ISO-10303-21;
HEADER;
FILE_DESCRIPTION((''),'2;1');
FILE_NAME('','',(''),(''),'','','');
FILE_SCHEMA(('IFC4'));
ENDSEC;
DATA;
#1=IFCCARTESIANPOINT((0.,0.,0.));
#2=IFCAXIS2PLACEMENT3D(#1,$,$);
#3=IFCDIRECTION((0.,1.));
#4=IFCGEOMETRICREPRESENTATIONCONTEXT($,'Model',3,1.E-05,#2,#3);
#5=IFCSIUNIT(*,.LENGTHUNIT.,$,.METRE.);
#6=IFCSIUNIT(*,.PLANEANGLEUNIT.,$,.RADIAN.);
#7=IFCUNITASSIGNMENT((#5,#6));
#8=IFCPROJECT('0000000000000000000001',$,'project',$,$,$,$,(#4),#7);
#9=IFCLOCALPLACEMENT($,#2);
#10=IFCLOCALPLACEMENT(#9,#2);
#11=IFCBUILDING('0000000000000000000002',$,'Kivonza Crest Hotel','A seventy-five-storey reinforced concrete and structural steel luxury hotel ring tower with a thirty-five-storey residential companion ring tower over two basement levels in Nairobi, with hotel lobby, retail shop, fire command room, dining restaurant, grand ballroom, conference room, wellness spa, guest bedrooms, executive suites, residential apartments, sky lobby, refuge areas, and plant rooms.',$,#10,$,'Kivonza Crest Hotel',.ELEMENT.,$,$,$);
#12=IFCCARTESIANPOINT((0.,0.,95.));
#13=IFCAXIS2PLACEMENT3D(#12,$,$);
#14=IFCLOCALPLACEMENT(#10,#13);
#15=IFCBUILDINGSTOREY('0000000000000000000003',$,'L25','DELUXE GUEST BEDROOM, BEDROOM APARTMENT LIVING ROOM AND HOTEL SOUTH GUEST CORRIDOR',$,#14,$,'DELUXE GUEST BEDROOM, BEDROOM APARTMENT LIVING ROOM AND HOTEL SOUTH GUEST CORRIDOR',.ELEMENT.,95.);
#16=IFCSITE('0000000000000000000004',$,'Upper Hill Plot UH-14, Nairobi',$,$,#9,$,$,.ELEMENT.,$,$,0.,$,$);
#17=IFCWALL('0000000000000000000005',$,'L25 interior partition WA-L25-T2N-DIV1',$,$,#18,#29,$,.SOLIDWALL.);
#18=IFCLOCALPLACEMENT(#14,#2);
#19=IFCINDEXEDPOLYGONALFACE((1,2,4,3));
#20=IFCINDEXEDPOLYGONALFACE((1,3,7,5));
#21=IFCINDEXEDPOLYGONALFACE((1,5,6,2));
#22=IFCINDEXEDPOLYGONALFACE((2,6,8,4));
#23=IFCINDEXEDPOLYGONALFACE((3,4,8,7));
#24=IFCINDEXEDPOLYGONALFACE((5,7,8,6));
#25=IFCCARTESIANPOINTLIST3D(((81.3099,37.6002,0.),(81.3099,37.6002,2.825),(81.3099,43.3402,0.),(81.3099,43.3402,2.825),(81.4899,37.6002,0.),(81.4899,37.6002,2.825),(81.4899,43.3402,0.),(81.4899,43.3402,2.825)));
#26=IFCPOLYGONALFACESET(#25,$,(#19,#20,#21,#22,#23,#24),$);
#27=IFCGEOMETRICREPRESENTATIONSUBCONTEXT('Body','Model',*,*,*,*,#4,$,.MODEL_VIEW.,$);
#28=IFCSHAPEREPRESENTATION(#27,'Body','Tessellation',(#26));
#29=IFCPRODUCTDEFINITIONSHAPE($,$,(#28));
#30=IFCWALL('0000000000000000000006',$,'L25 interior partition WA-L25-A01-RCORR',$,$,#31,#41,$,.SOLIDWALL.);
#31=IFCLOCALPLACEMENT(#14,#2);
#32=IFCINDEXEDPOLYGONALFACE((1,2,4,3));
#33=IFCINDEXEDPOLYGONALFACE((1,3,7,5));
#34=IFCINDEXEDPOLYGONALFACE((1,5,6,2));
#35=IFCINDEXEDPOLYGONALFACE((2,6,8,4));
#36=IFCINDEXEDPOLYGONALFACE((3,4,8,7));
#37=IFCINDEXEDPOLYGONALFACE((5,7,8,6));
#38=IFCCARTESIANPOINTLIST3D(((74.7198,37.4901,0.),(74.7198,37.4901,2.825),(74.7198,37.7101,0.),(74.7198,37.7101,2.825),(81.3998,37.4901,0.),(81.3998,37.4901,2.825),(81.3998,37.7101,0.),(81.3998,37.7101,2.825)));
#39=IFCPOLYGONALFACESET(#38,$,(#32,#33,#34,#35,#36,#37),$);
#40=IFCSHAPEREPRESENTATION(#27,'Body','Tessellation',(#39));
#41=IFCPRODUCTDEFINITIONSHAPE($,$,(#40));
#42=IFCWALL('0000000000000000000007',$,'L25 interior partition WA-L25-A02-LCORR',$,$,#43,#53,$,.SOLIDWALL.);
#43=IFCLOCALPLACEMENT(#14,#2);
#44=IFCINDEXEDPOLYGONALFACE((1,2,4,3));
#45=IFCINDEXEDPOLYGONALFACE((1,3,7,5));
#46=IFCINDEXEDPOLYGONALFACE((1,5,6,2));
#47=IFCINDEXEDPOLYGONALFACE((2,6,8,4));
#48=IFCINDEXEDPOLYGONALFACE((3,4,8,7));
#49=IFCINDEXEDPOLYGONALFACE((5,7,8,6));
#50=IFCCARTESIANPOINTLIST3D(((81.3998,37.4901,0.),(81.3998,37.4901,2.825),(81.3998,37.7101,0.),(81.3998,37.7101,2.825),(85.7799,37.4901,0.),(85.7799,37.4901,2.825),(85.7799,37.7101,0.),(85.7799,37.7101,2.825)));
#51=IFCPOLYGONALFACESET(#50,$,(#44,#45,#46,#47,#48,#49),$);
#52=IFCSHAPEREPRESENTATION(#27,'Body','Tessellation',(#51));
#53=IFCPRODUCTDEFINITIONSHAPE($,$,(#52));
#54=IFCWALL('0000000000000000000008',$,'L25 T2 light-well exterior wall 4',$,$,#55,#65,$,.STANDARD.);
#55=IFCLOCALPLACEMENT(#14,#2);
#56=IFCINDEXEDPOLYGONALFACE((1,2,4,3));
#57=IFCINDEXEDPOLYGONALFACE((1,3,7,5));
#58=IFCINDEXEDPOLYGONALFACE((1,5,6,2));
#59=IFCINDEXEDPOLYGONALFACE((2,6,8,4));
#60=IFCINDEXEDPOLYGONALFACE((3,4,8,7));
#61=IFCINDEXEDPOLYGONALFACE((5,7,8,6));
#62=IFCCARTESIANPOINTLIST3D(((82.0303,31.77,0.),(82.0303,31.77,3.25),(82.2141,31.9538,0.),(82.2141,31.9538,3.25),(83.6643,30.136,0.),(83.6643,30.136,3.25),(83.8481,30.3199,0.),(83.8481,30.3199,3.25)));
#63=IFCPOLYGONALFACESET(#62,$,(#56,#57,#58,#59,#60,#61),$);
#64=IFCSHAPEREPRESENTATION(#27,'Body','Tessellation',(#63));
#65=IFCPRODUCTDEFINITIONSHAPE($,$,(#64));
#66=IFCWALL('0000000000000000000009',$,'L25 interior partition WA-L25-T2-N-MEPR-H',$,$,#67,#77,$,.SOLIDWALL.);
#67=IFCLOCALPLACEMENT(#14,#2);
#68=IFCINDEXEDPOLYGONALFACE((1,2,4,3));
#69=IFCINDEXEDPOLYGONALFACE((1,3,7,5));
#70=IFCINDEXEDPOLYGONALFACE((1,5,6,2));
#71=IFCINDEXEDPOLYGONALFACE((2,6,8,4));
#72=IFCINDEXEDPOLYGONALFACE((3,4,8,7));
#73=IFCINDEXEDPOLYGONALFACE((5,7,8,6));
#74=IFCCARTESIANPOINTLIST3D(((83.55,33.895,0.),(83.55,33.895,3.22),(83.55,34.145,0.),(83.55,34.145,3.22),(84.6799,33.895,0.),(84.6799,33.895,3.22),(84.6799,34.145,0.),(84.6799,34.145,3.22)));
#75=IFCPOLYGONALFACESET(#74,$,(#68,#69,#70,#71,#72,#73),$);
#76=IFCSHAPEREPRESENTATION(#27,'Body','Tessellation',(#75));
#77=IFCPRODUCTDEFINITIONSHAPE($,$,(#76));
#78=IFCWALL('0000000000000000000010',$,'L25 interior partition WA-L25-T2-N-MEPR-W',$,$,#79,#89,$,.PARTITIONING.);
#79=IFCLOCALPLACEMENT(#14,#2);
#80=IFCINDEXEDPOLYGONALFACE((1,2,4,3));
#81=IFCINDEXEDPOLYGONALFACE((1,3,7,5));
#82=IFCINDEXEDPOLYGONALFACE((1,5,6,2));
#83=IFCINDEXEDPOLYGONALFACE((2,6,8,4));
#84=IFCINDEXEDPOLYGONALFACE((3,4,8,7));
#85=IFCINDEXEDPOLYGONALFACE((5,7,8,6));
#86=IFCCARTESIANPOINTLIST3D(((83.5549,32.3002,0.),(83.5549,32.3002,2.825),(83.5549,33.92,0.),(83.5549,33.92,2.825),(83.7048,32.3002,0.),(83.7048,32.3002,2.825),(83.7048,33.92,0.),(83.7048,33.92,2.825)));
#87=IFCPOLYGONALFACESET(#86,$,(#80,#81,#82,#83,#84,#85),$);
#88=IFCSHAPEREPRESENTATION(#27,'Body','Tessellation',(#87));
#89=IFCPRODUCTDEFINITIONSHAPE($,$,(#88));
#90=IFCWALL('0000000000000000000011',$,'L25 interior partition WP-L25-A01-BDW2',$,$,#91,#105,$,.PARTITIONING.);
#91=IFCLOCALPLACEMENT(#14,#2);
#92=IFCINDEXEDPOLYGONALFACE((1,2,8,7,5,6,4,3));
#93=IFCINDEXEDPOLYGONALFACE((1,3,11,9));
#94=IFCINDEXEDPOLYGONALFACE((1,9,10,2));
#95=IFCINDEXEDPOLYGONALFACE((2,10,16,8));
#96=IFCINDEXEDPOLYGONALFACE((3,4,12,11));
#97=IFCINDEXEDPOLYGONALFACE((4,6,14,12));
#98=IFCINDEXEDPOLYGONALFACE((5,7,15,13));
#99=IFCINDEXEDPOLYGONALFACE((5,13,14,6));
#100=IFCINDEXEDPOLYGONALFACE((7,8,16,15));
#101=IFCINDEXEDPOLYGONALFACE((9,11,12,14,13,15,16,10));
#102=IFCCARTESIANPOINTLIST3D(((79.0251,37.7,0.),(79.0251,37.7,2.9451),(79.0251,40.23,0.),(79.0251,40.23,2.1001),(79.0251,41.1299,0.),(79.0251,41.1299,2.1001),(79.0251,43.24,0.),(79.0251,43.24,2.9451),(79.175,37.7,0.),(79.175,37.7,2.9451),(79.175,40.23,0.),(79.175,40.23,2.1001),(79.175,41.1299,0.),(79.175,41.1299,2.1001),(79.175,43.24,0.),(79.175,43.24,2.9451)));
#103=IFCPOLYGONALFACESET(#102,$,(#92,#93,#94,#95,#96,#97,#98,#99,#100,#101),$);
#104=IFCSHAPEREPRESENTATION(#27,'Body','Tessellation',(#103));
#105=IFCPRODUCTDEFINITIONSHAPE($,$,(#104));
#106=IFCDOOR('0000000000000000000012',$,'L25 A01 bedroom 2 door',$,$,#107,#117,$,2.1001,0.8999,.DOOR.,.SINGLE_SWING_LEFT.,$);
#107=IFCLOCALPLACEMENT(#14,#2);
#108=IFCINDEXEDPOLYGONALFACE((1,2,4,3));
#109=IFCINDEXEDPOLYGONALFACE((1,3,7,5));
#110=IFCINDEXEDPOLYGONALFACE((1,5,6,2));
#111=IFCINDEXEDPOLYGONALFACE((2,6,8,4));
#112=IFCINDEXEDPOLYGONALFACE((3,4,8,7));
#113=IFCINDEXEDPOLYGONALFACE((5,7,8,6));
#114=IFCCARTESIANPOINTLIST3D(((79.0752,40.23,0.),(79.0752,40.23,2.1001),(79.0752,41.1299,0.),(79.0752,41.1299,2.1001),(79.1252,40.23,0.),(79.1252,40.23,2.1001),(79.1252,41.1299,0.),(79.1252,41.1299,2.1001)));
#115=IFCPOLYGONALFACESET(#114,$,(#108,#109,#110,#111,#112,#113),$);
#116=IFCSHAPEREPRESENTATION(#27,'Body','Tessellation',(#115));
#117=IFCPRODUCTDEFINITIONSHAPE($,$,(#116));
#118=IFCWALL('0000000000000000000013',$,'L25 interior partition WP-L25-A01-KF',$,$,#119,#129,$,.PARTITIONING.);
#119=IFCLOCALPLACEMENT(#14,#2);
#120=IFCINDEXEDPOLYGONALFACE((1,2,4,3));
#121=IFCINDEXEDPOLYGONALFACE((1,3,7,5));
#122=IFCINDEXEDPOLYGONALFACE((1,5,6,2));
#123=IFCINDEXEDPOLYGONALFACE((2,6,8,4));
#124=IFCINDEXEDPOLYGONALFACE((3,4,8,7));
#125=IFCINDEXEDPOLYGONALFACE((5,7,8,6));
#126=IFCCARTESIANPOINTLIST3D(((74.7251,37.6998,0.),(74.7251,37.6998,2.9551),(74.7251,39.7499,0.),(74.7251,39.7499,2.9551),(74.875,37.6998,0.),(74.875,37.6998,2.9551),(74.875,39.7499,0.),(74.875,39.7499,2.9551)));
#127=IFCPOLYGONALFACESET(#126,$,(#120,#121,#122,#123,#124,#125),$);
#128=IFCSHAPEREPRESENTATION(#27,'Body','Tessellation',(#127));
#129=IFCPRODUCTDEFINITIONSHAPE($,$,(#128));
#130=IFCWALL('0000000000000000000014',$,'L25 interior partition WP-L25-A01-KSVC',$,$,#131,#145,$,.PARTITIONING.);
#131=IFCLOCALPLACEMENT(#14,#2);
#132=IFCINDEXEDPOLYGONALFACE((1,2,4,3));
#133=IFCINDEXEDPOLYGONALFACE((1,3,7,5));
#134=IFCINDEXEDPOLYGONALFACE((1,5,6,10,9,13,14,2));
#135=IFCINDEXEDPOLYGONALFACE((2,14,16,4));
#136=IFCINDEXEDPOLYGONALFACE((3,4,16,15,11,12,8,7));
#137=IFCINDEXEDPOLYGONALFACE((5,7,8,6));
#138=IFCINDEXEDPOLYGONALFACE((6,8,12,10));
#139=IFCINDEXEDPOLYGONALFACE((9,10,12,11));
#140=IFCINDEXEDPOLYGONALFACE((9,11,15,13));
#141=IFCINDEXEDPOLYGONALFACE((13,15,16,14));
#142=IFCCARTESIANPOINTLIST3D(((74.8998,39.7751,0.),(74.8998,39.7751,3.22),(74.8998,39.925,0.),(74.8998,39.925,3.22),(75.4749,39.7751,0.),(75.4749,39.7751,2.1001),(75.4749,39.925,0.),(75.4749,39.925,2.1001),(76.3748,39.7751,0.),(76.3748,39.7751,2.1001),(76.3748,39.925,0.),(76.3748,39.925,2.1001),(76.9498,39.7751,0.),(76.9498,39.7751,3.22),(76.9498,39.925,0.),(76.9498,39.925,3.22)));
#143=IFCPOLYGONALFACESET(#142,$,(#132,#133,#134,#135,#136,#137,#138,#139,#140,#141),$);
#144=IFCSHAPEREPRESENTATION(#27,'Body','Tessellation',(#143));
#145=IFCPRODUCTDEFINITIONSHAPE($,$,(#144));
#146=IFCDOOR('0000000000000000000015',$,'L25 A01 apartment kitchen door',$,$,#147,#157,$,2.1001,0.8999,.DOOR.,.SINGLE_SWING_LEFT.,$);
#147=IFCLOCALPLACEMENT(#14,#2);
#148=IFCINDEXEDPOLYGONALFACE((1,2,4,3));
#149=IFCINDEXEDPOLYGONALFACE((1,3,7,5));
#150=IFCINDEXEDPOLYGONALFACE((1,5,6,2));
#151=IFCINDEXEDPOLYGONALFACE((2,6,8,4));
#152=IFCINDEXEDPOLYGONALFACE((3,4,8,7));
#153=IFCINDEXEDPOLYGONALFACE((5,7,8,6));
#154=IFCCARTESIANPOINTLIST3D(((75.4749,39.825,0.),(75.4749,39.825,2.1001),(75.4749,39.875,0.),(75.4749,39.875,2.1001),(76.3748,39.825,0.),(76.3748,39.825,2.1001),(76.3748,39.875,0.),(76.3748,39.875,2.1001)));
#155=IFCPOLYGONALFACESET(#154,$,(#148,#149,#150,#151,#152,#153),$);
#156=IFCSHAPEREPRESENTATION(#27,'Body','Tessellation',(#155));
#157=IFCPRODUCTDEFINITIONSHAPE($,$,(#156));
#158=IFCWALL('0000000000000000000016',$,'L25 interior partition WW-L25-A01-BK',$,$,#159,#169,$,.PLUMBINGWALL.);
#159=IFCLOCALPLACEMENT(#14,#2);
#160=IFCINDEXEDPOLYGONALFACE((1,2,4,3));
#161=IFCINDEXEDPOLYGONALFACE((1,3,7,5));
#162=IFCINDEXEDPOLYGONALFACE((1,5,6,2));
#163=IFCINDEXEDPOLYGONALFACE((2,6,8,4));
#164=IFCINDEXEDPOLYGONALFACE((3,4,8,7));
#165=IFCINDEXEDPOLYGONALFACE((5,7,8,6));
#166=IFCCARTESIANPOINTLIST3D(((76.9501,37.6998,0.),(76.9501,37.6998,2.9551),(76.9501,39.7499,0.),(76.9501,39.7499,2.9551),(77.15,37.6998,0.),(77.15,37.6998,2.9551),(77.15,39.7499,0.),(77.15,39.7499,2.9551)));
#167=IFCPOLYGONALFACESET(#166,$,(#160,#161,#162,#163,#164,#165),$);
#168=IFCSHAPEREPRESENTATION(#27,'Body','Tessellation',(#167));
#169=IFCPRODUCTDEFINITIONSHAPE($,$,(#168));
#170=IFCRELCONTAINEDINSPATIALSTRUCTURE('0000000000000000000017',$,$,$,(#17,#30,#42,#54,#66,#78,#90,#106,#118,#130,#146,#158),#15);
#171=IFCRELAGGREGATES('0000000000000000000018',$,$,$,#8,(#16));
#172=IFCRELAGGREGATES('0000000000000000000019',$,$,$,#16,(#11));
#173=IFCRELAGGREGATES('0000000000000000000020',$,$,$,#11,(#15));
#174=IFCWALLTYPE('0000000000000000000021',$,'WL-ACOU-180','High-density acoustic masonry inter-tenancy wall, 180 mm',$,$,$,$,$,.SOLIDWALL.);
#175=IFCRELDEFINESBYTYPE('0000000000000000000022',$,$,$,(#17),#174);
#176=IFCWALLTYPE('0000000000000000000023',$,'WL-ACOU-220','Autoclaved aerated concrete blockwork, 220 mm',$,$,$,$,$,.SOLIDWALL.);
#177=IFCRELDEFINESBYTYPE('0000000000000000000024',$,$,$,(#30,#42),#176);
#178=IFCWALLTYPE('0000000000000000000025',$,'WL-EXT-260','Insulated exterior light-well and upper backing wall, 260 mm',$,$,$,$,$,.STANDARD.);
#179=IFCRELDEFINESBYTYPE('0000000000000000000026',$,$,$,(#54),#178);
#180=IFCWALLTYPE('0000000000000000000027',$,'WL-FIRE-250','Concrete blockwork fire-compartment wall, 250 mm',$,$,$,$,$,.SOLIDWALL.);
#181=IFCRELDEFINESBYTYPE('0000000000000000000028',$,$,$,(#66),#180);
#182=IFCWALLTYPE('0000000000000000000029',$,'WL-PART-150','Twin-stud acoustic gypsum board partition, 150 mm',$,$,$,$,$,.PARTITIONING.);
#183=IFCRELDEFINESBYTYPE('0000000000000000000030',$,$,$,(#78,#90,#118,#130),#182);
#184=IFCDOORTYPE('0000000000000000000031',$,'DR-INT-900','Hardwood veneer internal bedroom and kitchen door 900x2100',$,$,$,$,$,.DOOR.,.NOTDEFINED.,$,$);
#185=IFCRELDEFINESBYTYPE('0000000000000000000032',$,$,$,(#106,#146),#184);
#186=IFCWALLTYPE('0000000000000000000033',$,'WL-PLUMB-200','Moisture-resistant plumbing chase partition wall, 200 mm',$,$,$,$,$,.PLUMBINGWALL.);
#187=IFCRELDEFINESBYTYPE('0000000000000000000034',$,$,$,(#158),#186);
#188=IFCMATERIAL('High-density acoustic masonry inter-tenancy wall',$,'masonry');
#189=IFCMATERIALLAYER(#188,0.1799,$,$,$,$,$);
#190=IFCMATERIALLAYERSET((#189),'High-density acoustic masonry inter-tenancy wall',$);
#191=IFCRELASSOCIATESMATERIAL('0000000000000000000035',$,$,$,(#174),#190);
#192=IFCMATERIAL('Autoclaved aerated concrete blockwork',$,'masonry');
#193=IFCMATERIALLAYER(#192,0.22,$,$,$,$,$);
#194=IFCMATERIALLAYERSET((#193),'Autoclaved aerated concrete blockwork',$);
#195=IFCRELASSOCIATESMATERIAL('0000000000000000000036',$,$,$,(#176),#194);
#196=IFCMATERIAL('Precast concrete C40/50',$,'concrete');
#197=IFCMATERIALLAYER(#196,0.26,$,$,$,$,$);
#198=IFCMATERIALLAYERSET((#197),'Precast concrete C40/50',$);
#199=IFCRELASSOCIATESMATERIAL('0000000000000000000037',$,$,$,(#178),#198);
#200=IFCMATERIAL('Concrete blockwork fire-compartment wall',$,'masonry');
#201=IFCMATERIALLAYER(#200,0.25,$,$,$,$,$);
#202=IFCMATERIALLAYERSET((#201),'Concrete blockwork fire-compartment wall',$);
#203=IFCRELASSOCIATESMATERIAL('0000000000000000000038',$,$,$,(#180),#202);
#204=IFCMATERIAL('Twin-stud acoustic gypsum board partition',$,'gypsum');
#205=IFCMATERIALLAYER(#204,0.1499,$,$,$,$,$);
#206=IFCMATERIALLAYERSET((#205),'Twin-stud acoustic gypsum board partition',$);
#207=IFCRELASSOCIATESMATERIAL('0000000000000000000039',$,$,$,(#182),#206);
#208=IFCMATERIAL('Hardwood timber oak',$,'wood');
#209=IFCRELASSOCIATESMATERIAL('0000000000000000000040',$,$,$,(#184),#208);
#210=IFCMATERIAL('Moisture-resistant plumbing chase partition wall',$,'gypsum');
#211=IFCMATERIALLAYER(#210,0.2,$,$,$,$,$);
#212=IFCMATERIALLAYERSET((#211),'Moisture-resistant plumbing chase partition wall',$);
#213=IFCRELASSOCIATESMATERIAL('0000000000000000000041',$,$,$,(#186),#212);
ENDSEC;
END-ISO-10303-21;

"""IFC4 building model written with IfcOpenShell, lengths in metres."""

from ifc_helpers import new_model, si_unit, direction, frame, frame_2d, origin, place, context, subcontext, project, spatial, rectangle, extrude, material, layer, layer_set, type_object, element, fill, save


model = new_model("IFC4")

# Units and contexts
model_context = context("Model", 3, precision=1e-05, world=origin(), true_north=direction((0.0, 1.0)))
body_context = subcontext(model_context, "Body", "Model", "MODEL_VIEW")
ifc_project = project(units=[si_unit("LENGTHUNIT", "METRE"), si_unit("PLANEANGLEUNIT", "RADIAN")], contexts=[model_context])

# Site, building, storey
site_placement = place(None, origin())
site = spatial("IfcSite", under=ifc_project, at=site_placement, Name="Upper Hill Plot UH-14, Nairobi", CompositionType="ELEMENT", RefElevation=0.0)
building_placement = place(site_placement, origin())
building = spatial("IfcBuilding", under=site, at=building_placement, Name="Kivonza Crest Hotel", Description="A seventy-five-storey reinforced concrete and structural steel luxury hotel ring tower with a thirty-five-storey residential companion ring tower over two basement levels in Nairobi, with hotel lobby, retail shop, fire command room, dining restaurant, grand ballroom, conference room, wellness spa, guest bedrooms, executive suites, residential apartments, sky lobby, refuge areas, and plant rooms.", LongName="Kivonza Crest Hotel", CompositionType="ELEMENT")
storey_placement = place(building_placement, frame((0.0, 0.0, 95.0)))
storey = spatial("IfcBuildingStorey", under=building, at=storey_placement, Name="L25", Description="DELUXE GUEST BEDROOM, BEDROOM APARTMENT LIVING ROOM AND HOTEL SOUTH GUEST CORRIDOR", LongName="DELUXE GUEST BEDROOM, BEDROOM APARTMENT LIVING ROOM AND HOTEL SOUTH GUEST CORRIDOR", CompositionType="ELEMENT", Elevation=95.0)

# Walls
ifc_material_1 = material(Name="High-density acoustic masonry inter-tenancy wall", Category="masonry")
ifc_layer_1 = layer(ifc_material_1, 0.1799)
ifc_layer_set_1 = layer_set([ifc_layer_1], Name="High-density acoustic masonry inter-tenancy wall")
wall_type_1 = type_object("IfcWallType", Name="WL-ACOU-180", Description="High-density acoustic masonry inter-tenancy wall, 180 mm", PredefinedType="SOLIDWALL", material=ifc_layer_set_1)
wall_1_placement = place(storey_placement, frame((81.3999, 37.6001, 0.0), z_axis=(0.0, 0.0, 1.0), x_axis=(0.0, 1.0, 0.0)))
element("IfcWall", 1, at=wall_1_placement, inside=storey, type_object=wall_type_1, Name="L25 interior partition WA-L25-T2N-DIV1", PredefinedType="SOLIDWALL", context=body_context, shape_type="SweptSolid", body=[
    extrude(rectangle(XDim=5.74, YDim=0.1799, at=frame_2d((2.8701, 0.0))), origin(), (0.0, 0.0, 1.0), 2.825),
])
ifc_material_2 = material(Name="Autoclaved aerated concrete blockwork", Category="masonry")
ifc_layer_2 = layer(ifc_material_2, 0.22)
ifc_layer_set_2 = layer_set([ifc_layer_2], Name="Autoclaved aerated concrete blockwork")
wall_type_2 = type_object("IfcWallType", Name="WL-ACOU-220", Description="Autoclaved aerated concrete blockwork, 220 mm", PredefinedType="SOLIDWALL", material=ifc_layer_set_2)
wall_2_placement = place(storey_placement, frame((74.72, 37.6001, 0.0), z_axis=(0.0, 0.0, 1.0), x_axis=(1.0, 0.0, 0.0)))
element("IfcWall", 2, at=wall_2_placement, inside=storey, type_object=wall_type_2, Name="L25 interior partition WA-L25-A01-RCORR", PredefinedType="SOLIDWALL", context=body_context, shape_type="SweptSolid", body=[
    extrude(rectangle(XDim=6.6799, YDim=0.22, at=frame_2d((3.3398, 0.0))), origin(), (0.0, 0.0, 1.0), 2.825),
])
wall_3_placement = place(storey_placement, frame((81.3999, 37.6001, 0.0), z_axis=(0.0, 0.0, 1.0), x_axis=(1.0, 0.0, 0.0)))
element("IfcWall", 3, at=wall_3_placement, inside=storey, type_object=wall_type_2, Name="L25 interior partition WA-L25-A02-LCORR", PredefinedType="SOLIDWALL", context=body_context, shape_type="SweptSolid", body=[
    extrude(rectangle(XDim=4.3801, YDim=0.22, at=frame_2d((2.1899, 0.0))), origin(), (0.0, 0.0, 1.0), 2.825),
])
ifc_material_3 = material(Name="Precast concrete C40/50", Category="concrete")
ifc_layer_3 = layer(ifc_material_3, 0.26)
ifc_layer_set_3 = layer_set([ifc_layer_3], Name="Precast concrete C40/50")
wall_type_3 = type_object("IfcWallType", Name="WL-EXT-260", Description="Insulated exterior light-well and upper backing wall, 260 mm", PredefinedType="STANDARD", material=ifc_layer_set_3)
wall_4_placement = place(storey_placement, frame((83.7561, 30.228, 0.0), z_axis=(0.0, 0.0, 1.0), x_axis=(-0.707107, 0.707107, 0.0)))
element("IfcWall", 4, at=wall_4_placement, inside=storey, type_object=wall_type_3, Name="L25 T2 light-well exterior wall 4", PredefinedType="STANDARD", context=body_context, shape_type="SweptSolid", body=[
    extrude(rectangle(XDim=2.3108, YDim=0.26, at=frame_2d((1.1553, 0.0))), origin(), (0.0, 0.0, 1.0), 3.25),
])
ifc_material_4 = material(Name="Concrete blockwork fire-compartment wall", Category="masonry")
ifc_layer_4 = layer(ifc_material_4, 0.25)
ifc_layer_set_4 = layer_set([ifc_layer_4], Name="Concrete blockwork fire-compartment wall")
wall_type_4 = type_object("IfcWallType", Name="WL-FIRE-250", Description="Concrete blockwork fire-compartment wall, 250 mm", PredefinedType="SOLIDWALL", material=ifc_layer_set_4)
wall_5_placement = place(storey_placement, frame((83.55, 34.02, 0.0), z_axis=(0.0, 0.0, 1.0), x_axis=(1.0, 0.0, 0.0)))
element("IfcWall", 5, at=wall_5_placement, inside=storey, type_object=wall_type_4, Name="L25 interior partition WA-L25-T2-N-MEPR-H", PredefinedType="SOLIDWALL", context=body_context, shape_type="SweptSolid", body=[
    extrude(rectangle(XDim=1.1299, YDim=0.25, at=frame_2d((0.5649, 0.0))), origin(), (0.0, 0.0, 1.0), 3.22),
])
ifc_material_5 = material(Name="Twin-stud acoustic gypsum board partition", Category="gypsum")
ifc_layer_5 = layer(ifc_material_5, 0.1499)
ifc_layer_set_5 = layer_set([ifc_layer_5], Name="Twin-stud acoustic gypsum board partition")
wall_type_5 = type_object("IfcWallType", Name="WL-PART-150", Description="Twin-stud acoustic gypsum board partition, 150 mm", PredefinedType="PARTITIONING", material=ifc_layer_set_5)
wall_6_placement = place(storey_placement, frame((83.6299, 32.3, 0.0), z_axis=(0.0, 0.0, 1.0), x_axis=(0.0, 1.0, 0.0)))
element("IfcWall", 6, at=wall_6_placement, inside=storey, type_object=wall_type_5, Name="L25 interior partition WA-L25-T2-N-MEPR-W", PredefinedType="PARTITIONING", context=body_context, shape_type="SweptSolid", body=[
    extrude(rectangle(XDim=1.6199, YDim=0.1499, at=frame_2d((0.8101, 0.0))), origin(), (0.0, 0.0, 1.0), 2.825),
])

# Wall, opening, door
wall_7_placement = place(storey_placement, frame((79.1001, 37.7, 0.0), z_axis=(0.0, 0.0, 1.0), x_axis=(0.0, 1.0, 0.0)))
wall_7 = element("IfcWall", 7, at=wall_7_placement, inside=storey, type_object=wall_type_5, Name="L25 interior partition WP-L25-A01-BDW2", PredefinedType="PARTITIONING", context=body_context, shape_type="SweptSolid", body=[
    extrude(rectangle(XDim=5.54, YDim=0.1499, at=frame_2d((2.77, 0.0))), origin(), (0.0, 0.0, 1.0), 2.9451),
])
opening_1_placement = place(wall_7_placement, frame((2.53, 0.0, 0.0)))
opening_1 = element("IfcOpeningElement", 8, at=opening_1_placement, cuts=wall_7, PredefinedType="OPENING", context=body_context, shape_type="SweptSolid", body=[
    extrude(rectangle(XDim=0.8999, YDim=2.1001, at=frame_2d((0.45, 1.05))), frame((0.0, 0.085, 0.0), z_axis=(0.0, -1.0, 0.0), x_axis=(1.0, 0.0, 0.0)), (0.0, 0.0, 1.0), 0.1699),
])
ifc_material_6 = material(Name="Hardwood timber oak", Category="wood")
door_type_1 = type_object("IfcDoorType", Name="DR-INT-900", Description="Hardwood veneer internal bedroom and kitchen door 900x2100", OperationType="NOTDEFINED", PredefinedType="DOOR", material=ifc_material_6)
door_1_placement = place(opening_1_placement, origin())
door_1 = element("IfcDoor", 9, at=door_1_placement, inside=storey, type_object=door_type_1, Name="L25 A01 bedroom 2 door", OperationType="SINGLE_SWING_LEFT", OverallHeight=2.1001, OverallWidth=0.8999, PredefinedType="DOOR", context=body_context, shape_type="SweptSolid", body=[
    extrude(rectangle(XDim=0.8999, YDim=2.1001, at=frame_2d((0.45, 1.05))), frame((0.0, 0.0249, 0.0), z_axis=(0.0, -1.0, 0.0), x_axis=(1.0, 0.0, 0.0)), (0.0, 0.0, 1.0), 0.05),
])
fill(opening_1, door_1)

# Wall
wall_8_placement = place(storey_placement, frame((74.8, 37.7, 0.0), z_axis=(0.0, 0.0, 1.0), x_axis=(0.0, 1.0, 0.0)))
element("IfcWall", 10, at=wall_8_placement, inside=storey, type_object=wall_type_5, Name="L25 interior partition WP-L25-A01-KF", PredefinedType="PARTITIONING", context=body_context, shape_type="SweptSolid", body=[
    extrude(rectangle(XDim=2.05, YDim=0.1499, at=frame_2d((1.0249, 0.0))), origin(), (0.0, 0.0, 1.0), 2.9551),
])

# Wall, opening, door
wall_9_placement = place(storey_placement, frame((74.8999, 39.8501, 0.0), z_axis=(0.0, 0.0, 1.0), x_axis=(1.0, 0.0, 0.0)))
wall_9 = element("IfcWall", 11, at=wall_9_placement, inside=storey, type_object=wall_type_5, Name="L25 interior partition WP-L25-A01-KSVC", PredefinedType="PARTITIONING", context=body_context, shape_type="SweptSolid", body=[
    extrude(rectangle(XDim=2.05, YDim=0.1499, at=frame_2d((1.0249, 0.0))), origin(), (0.0, 0.0, 1.0), 3.22),
])
opening_2_placement = place(wall_9_placement, frame((0.575, 0.0, 0.0)))
opening_2 = element("IfcOpeningElement", 12, at=opening_2_placement, cuts=wall_9, PredefinedType="OPENING", context=body_context, shape_type="SweptSolid", body=[
    extrude(rectangle(XDim=0.8999, YDim=2.1001, at=frame_2d((0.45, 1.05))), frame((0.0, 0.085, 0.0), z_axis=(0.0, -1.0, 0.0), x_axis=(1.0, 0.0, 0.0)), (0.0, 0.0, 1.0), 0.1699),
])
door_2_placement = place(opening_2_placement, origin())
door_2 = element("IfcDoor", 13, at=door_2_placement, inside=storey, type_object=door_type_1, Name="L25 A01 apartment kitchen door", OperationType="SINGLE_SWING_LEFT", OverallHeight=2.1001, OverallWidth=0.8999, PredefinedType="DOOR", context=body_context, shape_type="SweptSolid", body=[
    extrude(rectangle(XDim=0.8999, YDim=2.1001, at=frame_2d((0.45, 1.05))), frame((0.0, 0.0249, 0.0), z_axis=(0.0, -1.0, 0.0), x_axis=(1.0, 0.0, 0.0)), (0.0, 0.0, 1.0), 0.05),
])
fill(opening_2, door_2)

# Wall
ifc_material_7 = material(Name="Moisture-resistant plumbing chase partition wall", Category="gypsum")
ifc_layer_6 = layer(ifc_material_7, 0.2)
ifc_layer_set_6 = layer_set([ifc_layer_6], Name="Moisture-resistant plumbing chase partition wall")
wall_type_6 = type_object("IfcWallType", Name="WL-PLUMB-200", Description="Moisture-resistant plumbing chase partition wall, 200 mm", PredefinedType="PLUMBINGWALL", material=ifc_layer_set_6)
wall_10_placement = place(storey_placement, frame((77.05, 37.7, 0.0), z_axis=(0.0, 0.0, 1.0), x_axis=(0.0, 1.0, 0.0)))
element("IfcWall", 14, at=wall_10_placement, inside=storey, type_object=wall_type_6, Name="L25 interior partition WW-L25-A01-BK", PredefinedType="PLUMBINGWALL", context=body_context, shape_type="SweptSolid", body=[
    extrude(rectangle(XDim=2.05, YDim=0.2, at=frame_2d((1.0249, 0.0))), origin(), (0.0, 0.0, 1.0), 2.9551),
])

save(model, "model.ifc")
